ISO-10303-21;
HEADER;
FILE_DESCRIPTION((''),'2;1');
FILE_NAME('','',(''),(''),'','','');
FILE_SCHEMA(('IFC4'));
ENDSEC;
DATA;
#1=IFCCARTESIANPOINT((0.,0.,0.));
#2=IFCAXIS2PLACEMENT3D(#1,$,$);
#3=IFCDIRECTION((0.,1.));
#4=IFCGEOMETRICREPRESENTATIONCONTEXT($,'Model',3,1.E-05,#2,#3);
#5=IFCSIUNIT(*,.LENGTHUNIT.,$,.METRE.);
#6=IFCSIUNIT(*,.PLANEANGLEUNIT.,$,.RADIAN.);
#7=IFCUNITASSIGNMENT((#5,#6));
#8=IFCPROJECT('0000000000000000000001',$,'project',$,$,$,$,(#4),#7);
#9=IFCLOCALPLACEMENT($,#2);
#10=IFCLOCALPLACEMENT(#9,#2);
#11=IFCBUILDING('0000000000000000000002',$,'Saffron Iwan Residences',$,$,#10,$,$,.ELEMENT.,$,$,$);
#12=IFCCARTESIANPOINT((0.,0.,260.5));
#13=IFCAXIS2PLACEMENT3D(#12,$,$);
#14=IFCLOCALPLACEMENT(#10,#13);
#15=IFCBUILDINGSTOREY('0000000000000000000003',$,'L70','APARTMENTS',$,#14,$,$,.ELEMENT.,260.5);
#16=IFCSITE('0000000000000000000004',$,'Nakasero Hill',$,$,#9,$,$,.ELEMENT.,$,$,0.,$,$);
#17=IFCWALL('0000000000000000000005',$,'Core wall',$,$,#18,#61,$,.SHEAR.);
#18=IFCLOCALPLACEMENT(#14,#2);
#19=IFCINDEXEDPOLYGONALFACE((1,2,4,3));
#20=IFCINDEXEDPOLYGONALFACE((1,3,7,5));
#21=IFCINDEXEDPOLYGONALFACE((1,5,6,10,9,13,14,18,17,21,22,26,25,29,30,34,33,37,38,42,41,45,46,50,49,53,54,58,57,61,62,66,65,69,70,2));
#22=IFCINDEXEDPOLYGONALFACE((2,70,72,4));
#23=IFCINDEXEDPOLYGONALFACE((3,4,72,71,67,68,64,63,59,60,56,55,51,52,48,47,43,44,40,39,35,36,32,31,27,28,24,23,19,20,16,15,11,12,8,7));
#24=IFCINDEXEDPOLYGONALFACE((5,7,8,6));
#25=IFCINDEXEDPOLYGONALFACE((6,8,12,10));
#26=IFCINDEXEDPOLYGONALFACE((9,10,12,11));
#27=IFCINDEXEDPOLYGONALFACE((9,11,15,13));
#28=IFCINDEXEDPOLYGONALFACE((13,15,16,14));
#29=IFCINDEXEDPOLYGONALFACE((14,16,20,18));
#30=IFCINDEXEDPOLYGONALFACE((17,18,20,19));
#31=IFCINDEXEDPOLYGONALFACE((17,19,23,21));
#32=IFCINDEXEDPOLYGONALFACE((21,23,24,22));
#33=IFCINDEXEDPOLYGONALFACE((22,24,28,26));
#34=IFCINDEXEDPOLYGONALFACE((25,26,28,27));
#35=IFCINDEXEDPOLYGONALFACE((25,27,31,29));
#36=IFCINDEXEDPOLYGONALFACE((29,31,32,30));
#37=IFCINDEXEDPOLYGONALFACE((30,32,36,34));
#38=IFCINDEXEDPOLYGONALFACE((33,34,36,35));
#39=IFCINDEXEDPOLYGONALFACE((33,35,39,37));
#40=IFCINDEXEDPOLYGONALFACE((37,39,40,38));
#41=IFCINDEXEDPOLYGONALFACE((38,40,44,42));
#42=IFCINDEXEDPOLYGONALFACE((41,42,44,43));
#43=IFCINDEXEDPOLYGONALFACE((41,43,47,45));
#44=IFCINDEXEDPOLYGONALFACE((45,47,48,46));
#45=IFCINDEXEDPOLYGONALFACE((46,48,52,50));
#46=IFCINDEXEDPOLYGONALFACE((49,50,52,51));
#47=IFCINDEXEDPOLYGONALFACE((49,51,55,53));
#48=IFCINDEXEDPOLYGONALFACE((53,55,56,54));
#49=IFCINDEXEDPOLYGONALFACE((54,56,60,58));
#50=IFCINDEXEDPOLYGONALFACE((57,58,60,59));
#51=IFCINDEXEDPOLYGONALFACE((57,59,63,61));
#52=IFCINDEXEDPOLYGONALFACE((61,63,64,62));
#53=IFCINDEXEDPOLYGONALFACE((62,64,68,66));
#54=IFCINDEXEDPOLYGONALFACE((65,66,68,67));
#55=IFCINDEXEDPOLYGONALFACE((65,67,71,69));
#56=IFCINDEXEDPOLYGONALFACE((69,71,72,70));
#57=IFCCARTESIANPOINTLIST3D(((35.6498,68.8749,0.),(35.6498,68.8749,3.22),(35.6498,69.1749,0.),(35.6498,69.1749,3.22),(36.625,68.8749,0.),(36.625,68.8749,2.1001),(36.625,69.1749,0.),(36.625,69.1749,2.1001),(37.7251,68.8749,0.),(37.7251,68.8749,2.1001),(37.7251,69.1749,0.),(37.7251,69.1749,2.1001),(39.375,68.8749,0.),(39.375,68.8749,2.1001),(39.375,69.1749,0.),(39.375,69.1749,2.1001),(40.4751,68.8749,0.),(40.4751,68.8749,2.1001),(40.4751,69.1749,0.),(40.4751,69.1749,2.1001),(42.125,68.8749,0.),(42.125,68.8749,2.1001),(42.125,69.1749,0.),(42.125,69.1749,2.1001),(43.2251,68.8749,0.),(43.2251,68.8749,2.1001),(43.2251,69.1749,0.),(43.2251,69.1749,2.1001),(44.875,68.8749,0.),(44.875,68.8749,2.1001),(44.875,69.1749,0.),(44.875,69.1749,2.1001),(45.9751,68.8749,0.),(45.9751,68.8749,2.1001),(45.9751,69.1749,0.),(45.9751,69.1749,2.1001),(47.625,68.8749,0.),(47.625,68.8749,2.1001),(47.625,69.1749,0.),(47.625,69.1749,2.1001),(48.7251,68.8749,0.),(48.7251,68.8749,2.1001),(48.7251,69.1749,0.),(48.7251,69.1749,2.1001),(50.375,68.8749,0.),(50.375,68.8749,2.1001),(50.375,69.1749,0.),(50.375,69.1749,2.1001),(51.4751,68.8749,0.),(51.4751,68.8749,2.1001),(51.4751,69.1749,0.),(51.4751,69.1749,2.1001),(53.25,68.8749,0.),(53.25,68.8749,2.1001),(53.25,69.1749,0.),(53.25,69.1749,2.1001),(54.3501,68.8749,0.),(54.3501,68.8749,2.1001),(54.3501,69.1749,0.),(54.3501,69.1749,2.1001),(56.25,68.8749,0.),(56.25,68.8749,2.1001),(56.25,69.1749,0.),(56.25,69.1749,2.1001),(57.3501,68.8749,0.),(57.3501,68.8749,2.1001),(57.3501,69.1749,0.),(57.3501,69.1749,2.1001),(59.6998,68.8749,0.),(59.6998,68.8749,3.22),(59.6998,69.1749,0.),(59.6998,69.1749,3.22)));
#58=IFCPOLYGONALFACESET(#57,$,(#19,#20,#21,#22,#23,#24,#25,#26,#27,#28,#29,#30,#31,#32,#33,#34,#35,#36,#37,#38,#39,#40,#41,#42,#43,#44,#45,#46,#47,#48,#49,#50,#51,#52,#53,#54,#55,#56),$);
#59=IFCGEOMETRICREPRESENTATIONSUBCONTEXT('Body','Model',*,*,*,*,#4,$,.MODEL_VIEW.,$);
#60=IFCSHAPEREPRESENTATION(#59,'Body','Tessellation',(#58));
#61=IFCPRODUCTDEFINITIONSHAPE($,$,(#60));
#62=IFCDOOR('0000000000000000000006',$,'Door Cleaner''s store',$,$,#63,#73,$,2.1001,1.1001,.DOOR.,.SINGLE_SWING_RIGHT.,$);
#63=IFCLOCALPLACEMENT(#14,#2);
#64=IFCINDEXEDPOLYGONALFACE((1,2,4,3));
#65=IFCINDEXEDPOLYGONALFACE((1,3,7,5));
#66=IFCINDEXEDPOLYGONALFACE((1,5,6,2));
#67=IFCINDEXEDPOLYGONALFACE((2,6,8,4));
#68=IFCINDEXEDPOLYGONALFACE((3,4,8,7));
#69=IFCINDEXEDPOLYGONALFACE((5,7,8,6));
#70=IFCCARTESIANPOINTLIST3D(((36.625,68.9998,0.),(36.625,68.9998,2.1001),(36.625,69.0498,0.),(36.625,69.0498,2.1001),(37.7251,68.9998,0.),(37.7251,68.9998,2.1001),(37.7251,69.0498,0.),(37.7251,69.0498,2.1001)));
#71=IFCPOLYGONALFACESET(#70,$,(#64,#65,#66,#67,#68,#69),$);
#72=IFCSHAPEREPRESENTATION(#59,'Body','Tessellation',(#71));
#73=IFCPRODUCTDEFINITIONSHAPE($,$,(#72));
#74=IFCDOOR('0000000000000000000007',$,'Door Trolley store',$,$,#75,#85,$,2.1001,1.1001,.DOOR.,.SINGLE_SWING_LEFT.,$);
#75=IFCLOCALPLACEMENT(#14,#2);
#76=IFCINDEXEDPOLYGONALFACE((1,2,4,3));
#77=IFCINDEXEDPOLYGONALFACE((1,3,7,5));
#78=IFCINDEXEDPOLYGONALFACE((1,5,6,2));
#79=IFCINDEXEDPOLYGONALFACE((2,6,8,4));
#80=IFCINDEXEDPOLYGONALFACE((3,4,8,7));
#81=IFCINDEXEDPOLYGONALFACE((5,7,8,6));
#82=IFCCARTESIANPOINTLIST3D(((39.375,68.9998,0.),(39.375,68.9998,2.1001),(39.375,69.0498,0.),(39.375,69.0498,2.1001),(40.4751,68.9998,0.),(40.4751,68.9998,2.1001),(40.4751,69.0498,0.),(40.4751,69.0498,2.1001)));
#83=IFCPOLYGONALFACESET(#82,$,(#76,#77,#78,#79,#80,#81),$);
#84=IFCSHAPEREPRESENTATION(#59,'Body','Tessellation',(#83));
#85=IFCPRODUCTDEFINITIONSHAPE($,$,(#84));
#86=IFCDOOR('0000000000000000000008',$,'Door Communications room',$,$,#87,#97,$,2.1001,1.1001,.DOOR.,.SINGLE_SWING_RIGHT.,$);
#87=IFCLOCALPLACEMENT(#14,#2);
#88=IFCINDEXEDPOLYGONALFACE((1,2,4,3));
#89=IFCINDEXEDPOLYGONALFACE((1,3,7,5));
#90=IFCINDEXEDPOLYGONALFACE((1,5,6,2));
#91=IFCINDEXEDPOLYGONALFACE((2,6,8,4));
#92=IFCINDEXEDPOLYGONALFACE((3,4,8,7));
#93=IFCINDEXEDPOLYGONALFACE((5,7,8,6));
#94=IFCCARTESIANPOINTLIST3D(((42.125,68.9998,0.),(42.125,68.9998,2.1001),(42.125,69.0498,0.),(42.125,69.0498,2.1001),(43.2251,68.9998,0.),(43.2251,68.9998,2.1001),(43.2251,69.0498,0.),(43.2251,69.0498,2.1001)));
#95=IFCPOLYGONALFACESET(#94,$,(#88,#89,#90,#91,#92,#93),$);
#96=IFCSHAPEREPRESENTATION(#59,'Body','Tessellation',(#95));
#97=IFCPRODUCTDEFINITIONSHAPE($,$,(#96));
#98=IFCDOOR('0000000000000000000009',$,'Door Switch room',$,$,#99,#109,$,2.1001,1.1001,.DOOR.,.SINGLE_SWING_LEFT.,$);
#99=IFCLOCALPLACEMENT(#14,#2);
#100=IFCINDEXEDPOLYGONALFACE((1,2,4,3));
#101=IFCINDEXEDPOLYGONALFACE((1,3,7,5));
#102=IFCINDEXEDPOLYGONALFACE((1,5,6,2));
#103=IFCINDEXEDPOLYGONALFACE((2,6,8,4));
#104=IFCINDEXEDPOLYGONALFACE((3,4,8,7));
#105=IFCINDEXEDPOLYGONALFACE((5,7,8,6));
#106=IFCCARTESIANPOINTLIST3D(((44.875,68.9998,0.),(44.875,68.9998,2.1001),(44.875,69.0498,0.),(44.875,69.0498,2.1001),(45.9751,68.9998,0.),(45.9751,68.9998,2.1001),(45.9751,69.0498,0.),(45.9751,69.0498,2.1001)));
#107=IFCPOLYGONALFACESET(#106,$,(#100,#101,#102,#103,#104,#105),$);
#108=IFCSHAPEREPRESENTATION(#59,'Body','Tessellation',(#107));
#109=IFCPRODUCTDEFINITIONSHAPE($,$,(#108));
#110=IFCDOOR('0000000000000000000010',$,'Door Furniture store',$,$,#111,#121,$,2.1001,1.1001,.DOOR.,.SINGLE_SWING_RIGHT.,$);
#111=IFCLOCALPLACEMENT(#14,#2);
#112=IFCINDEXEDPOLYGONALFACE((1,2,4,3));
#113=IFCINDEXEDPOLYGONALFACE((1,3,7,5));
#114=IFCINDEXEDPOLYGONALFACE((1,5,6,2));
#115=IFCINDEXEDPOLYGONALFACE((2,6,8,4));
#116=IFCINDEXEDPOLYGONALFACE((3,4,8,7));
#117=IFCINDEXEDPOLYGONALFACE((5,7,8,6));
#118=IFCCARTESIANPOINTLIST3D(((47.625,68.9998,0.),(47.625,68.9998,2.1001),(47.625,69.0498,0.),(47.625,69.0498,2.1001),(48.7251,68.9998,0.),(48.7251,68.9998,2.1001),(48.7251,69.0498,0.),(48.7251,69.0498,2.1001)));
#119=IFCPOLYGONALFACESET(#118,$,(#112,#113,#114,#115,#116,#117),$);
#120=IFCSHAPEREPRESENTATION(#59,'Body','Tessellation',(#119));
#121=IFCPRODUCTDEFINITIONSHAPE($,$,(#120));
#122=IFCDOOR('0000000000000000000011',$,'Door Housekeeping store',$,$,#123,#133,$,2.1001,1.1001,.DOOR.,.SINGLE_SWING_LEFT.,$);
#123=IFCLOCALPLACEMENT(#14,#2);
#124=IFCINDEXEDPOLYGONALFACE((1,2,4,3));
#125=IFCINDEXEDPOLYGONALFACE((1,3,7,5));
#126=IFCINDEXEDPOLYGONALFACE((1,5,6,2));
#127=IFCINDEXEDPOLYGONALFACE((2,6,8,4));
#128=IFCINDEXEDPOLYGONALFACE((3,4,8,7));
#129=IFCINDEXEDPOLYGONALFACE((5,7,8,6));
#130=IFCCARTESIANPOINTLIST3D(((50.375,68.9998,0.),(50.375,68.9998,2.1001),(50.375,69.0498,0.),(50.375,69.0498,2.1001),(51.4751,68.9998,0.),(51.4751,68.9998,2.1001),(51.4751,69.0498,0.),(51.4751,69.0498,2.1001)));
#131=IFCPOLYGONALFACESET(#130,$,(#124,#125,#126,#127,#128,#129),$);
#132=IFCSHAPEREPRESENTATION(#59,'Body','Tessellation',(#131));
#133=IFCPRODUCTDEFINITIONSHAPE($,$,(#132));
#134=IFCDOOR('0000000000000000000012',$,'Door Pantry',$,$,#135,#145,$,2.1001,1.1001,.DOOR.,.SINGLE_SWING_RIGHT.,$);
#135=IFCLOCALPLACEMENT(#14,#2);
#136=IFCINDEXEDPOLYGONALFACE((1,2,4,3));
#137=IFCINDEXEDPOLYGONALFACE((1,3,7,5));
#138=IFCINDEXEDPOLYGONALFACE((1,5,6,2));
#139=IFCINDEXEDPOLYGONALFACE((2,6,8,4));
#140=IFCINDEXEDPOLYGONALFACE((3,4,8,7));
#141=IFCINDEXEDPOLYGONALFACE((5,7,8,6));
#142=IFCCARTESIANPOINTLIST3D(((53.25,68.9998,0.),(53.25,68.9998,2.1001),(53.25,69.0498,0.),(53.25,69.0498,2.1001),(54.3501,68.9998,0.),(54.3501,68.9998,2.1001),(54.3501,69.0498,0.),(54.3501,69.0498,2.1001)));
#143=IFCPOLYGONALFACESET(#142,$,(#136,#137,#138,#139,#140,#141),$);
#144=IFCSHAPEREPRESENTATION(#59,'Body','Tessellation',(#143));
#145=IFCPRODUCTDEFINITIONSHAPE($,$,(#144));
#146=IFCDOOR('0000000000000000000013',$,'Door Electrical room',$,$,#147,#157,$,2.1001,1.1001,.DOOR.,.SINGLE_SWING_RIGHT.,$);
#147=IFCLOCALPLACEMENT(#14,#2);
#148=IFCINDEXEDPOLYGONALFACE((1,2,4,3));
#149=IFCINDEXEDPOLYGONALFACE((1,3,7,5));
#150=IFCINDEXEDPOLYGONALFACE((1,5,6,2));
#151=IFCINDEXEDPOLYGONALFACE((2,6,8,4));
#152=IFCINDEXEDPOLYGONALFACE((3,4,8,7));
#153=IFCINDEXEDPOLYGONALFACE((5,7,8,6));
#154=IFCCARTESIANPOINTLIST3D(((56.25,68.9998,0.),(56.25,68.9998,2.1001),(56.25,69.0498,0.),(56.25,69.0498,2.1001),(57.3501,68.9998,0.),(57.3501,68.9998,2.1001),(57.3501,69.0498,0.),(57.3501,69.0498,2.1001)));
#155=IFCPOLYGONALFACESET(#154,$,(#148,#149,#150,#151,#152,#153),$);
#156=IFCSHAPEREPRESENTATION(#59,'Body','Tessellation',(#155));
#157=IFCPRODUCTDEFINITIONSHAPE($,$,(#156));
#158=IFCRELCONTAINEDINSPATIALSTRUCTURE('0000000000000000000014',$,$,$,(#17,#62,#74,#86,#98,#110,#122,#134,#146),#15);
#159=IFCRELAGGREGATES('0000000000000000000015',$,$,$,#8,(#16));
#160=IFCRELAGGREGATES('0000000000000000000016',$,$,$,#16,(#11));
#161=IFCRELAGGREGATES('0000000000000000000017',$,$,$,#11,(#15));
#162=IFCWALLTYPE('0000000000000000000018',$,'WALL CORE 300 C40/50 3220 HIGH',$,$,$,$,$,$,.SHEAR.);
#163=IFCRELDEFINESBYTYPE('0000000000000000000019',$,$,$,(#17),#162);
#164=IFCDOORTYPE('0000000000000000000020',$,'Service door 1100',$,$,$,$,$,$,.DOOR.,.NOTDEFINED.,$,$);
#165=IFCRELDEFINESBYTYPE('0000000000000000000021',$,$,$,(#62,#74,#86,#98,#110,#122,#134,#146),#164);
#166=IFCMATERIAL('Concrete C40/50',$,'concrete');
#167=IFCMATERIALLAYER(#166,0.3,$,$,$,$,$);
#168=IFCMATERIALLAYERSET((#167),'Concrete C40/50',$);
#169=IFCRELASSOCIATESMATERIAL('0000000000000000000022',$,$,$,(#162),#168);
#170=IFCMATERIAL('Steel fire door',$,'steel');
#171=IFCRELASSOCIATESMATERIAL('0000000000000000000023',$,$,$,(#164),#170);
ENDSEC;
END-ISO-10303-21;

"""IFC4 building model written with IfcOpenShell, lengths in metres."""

from ifc_helpers import new_model, si_unit, direction, frame, frame_2d, origin, place, context, subcontext, project, spatial, rectangle, extrude, material, layer, layer_set, type_object, element, fill, save


model = new_model("IFC4")

# Units and contexts
model_context = context("Model", 3, precision=1e-05, world=origin(), true_north=direction((0.0, 1.0)))
body_context = subcontext(model_context, "Body", "Model", "MODEL_VIEW")
ifc_project = project(units=[si_unit("LENGTHUNIT", "METRE"), si_unit("PLANEANGLEUNIT", "RADIAN")], contexts=[model_context])

# Site, building, storey
site_placement = place(None, origin())
site = spatial("IfcSite", under=ifc_project, at=site_placement, Name="Nakasero Hill", CompositionType="ELEMENT", RefElevation=0.0)
building_placement = place(site_placement, origin())
building = spatial("IfcBuilding", under=site, at=building_placement, Name="Saffron Iwan Residences", CompositionType="ELEMENT")
storey_placement = place(building_placement, frame((0.0, 0.0, 260.5)))
storey = spatial("IfcBuildingStorey", under=building, at=storey_placement, Name="L70", Description="APARTMENTS", CompositionType="ELEMENT", Elevation=260.5)

# Shared definitions
ifc_material_1 = material(Name="Steel fire door", Category="steel")

# Wall, openings, doors
ifc_material_2 = material(Name="Concrete C40/50", Category="concrete")
ifc_layer_1 = layer(ifc_material_2, 0.3)
ifc_layer_set_1 = layer_set([ifc_layer_1], Name="Concrete C40/50")
wall_type_1 = type_object("IfcWallType", Name="WALL CORE 300 C40/50 3220 HIGH", PredefinedType="SHEAR", material=ifc_layer_set_1)
wall_1_placement = place(storey_placement, frame((35.6499, 69.0249, 0.0), z_axis=(0.0, 0.0, 1.0), x_axis=(1.0, 0.0, 0.0)))
wall_1 = element("IfcWall", 1, at=wall_1_placement, inside=storey, type_object=wall_type_1, Name="Core wall", PredefinedType="SHEAR", context=body_context, shape_type="SweptSolid", body=[
    extrude(rectangle(XDim=24.05, YDim=0.3, at=frame_2d((12.0249, 0.0))), origin(), (0.0, 0.0, 1.0), 3.22),
])
opening_1_placement = place(wall_1_placement, frame((0.9751, 0.0, 0.0)))
opening_1 = element("IfcOpeningElement", 2, at=opening_1_placement, cuts=wall_1, PredefinedType="OPENING", context=body_context, shape_type="SweptSolid", body=[
    extrude(rectangle(XDim=1.1001, YDim=2.1001, at=frame_2d((0.55, 1.05))), frame((0.0, 0.1602, 0.0), z_axis=(0.0, -1.0, 0.0), x_axis=(1.0, 0.0, 0.0)), (0.0, 0.0, 1.0), 0.3201),
])
opening_2_placement = place(wall_1_placement, frame((3.7251, 0.0, 0.0)))
opening_2 = element("IfcOpeningElement", 3, at=opening_2_placement, cuts=wall_1, PredefinedType="OPENING", context=body_context, shape_type="SweptSolid", body=[
    extrude(rectangle(XDim=1.1001, YDim=2.1001, at=frame_2d((0.55, 1.05))), frame((0.0, 0.1602, 0.0), z_axis=(0.0, -1.0, 0.0), x_axis=(1.0, 0.0, 0.0)), (0.0, 0.0, 1.0), 0.3201),
])
opening_3_placement = place(wall_1_placement, frame((6.4751, 0.0, 0.0)))
opening_3 = element("IfcOpeningElement", 4, at=opening_3_placement, cuts=wall_1, PredefinedType="OPENING", context=body_context, shape_type="SweptSolid", body=[
    extrude(rectangle(XDim=1.1001, YDim=2.1001, at=frame_2d((0.55, 1.05))), frame((0.0, 0.1602, 0.0), z_axis=(0.0, -1.0, 0.0), x_axis=(1.0, 0.0, 0.0)), (0.0, 0.0, 1.0), 0.3201),
])
opening_4_placement = place(wall_1_placement, frame((9.2251, 0.0, 0.0)))
opening_4 = element("IfcOpeningElement", 5, at=opening_4_placement, cuts=wall_1, PredefinedType="OPENING", context=body_context, shape_type="SweptSolid", body=[
    extrude(rectangle(XDim=1.1001, YDim=2.1001, at=frame_2d((0.55, 1.05))), frame((0.0, 0.1602, 0.0), z_axis=(0.0, -1.0, 0.0), x_axis=(1.0, 0.0, 0.0)), (0.0, 0.0, 1.0), 0.3201),
])
opening_5_placement = place(wall_1_placement, frame((11.9751, 0.0, 0.0)))
opening_5 = element("IfcOpeningElement", 6, at=opening_5_placement, cuts=wall_1, PredefinedType="OPENING", context=body_context, shape_type="SweptSolid", body=[
    extrude(rectangle(XDim=1.1001, YDim=2.1001, at=frame_2d((0.55, 1.05))), frame((0.0, 0.1602, 0.0), z_axis=(0.0, -1.0, 0.0), x_axis=(1.0, 0.0, 0.0)), (0.0, 0.0, 1.0), 0.3201),
])
opening_6_placement = place(wall_1_placement, frame((14.7251, 0.0, 0.0)))
opening_6 = element("IfcOpeningElement", 7, at=opening_6_placement, cuts=wall_1, PredefinedType="OPENING", context=body_context, shape_type="SweptSolid", body=[
    extrude(rectangle(XDim=1.1001, YDim=2.1001, at=frame_2d((0.55, 1.05))), frame((0.0, 0.1602, 0.0), z_axis=(0.0, -1.0, 0.0), x_axis=(1.0, 0.0, 0.0)), (0.0, 0.0, 1.0), 0.3201),
])
opening_7_placement = place(wall_1_placement, frame((17.6001, 0.0, 0.0)))
opening_7 = element("IfcOpeningElement", 8, at=opening_7_placement, cuts=wall_1, PredefinedType="OPENING", context=body_context, shape_type="SweptSolid", body=[
    extrude(rectangle(XDim=1.1001, YDim=2.1001, at=frame_2d((0.55, 1.05))), frame((0.0, 0.1602, 0.0), z_axis=(0.0, -1.0, 0.0), x_axis=(1.0, 0.0, 0.0)), (0.0, 0.0, 1.0), 0.3201),
])
opening_8_placement = place(wall_1_placement, frame((20.6001, 0.0, 0.0)))
opening_8 = element("IfcOpeningElement", 9, at=opening_8_placement, cuts=wall_1, PredefinedType="OPENING", context=body_context, shape_type="SweptSolid", body=[
    extrude(rectangle(XDim=1.1001, YDim=2.1001, at=frame_2d((0.55, 1.05))), frame((0.0, 0.1602, 0.0), z_axis=(0.0, -1.0, 0.0), x_axis=(1.0, 0.0, 0.0)), (0.0, 0.0, 1.0), 0.3201),
])
door_type_1 = type_object("IfcDoorType", Name="Service door 1100", OperationType="NOTDEFINED", PredefinedType="DOOR", material=ifc_material_1)
door_1_placement = place(opening_1_placement, origin())
door_1 = element("IfcDoor", 10, at=door_1_placement, inside=storey, type_object=door_type_1, Name="Door Cleaner's store", OperationType="SINGLE_SWING_RIGHT", OverallHeight=2.1001, OverallWidth=1.1001, PredefinedType="DOOR", context=body_context, shape_type="SweptSolid", body=[
    extrude(rectangle(XDim=1.1001, YDim=2.1001, at=frame_2d((0.55, 1.05))), frame((0.0, 0.0249, 0.0), z_axis=(0.0, -1.0, 0.0), x_axis=(1.0, 0.0, 0.0)), (0.0, 0.0, 1.0), 0.05),
])
fill(opening_1, door_1)
door_2_placement = place(opening_2_placement, origin())
door_2 = element("IfcDoor", 11, at=door_2_placement, inside=storey, type_object=door_type_1, Name="Door Trolley store", OperationType="SINGLE_SWING_LEFT", OverallHeight=2.1001, OverallWidth=1.1001, PredefinedType="DOOR", context=body_context, shape_type="SweptSolid", body=[
    extrude(rectangle(XDim=1.1001, YDim=2.1001, at=frame_2d((0.55, 1.05))), frame((0.0, 0.0249, 0.0), z_axis=(0.0, -1.0, 0.0), x_axis=(1.0, 0.0, 0.0)), (0.0, 0.0, 1.0), 0.05),
])
fill(opening_2, door_2)
door_3_placement = place(opening_3_placement, origin())
door_3 = element("IfcDoor", 12, at=door_3_placement, inside=storey, type_object=door_type_1, Name="Door Communications room", OperationType="SINGLE_SWING_RIGHT", OverallHeight=2.1001, OverallWidth=1.1001, PredefinedType="DOOR", context=body_context, shape_type="SweptSolid", body=[
    extrude(rectangle(XDim=1.1001, YDim=2.1001, at=frame_2d((0.55, 1.05))), frame((0.0, 0.0249, 0.0), z_axis=(0.0, -1.0, 0.0), x_axis=(1.0, 0.0, 0.0)), (0.0, 0.0, 1.0), 0.05),
])
fill(opening_3, door_3)
door_4_placement = place(opening_4_placement, origin())
door_4 = element("IfcDoor", 13, at=door_4_placement, inside=storey, type_object=door_type_1, Name="Door Switch room", OperationType="SINGLE_SWING_LEFT", OverallHeight=2.1001, OverallWidth=1.1001, PredefinedType="DOOR", context=body_context, shape_type="SweptSolid", body=[
    extrude(rectangle(XDim=1.1001, YDim=2.1001, at=frame_2d((0.55, 1.05))), frame((0.0, 0.0249, 0.0), z_axis=(0.0, -1.0, 0.0), x_axis=(1.0, 0.0, 0.0)), (0.0, 0.0, 1.0), 0.05),
])
fill(opening_4, door_4)
door_5_placement = place(opening_5_placement, origin())
door_5 = element("IfcDoor", 14, at=door_5_placement, inside=storey, type_object=door_type_1, Name="Door Furniture store", OperationType="SINGLE_SWING_RIGHT", OverallHeight=2.1001, OverallWidth=1.1001, PredefinedType="DOOR", context=body_context, shape_type="SweptSolid", body=[
    extrude(rectangle(XDim=1.1001, YDim=2.1001, at=frame_2d((0.55, 1.05))), frame((0.0, 0.0249, 0.0), z_axis=(0.0, -1.0, 0.0), x_axis=(1.0, 0.0, 0.0)), (0.0, 0.0, 1.0), 0.05),
])
fill(opening_5, door_5)
door_6_placement = place(opening_6_placement, origin())
door_6 = element("IfcDoor", 15, at=door_6_placement, inside=storey, type_object=door_type_1, Name="Door Housekeeping store", OperationType="SINGLE_SWING_LEFT", OverallHeight=2.1001, OverallWidth=1.1001, PredefinedType="DOOR", context=body_context, shape_type="SweptSolid", body=[
    extrude(rectangle(XDim=1.1001, YDim=2.1001, at=frame_2d((0.55, 1.05))), frame((0.0, 0.0249, 0.0), z_axis=(0.0, -1.0, 0.0), x_axis=(1.0, 0.0, 0.0)), (0.0, 0.0, 1.0), 0.05),
])
fill(opening_6, door_6)
door_7_placement = place(opening_7_placement, origin())
door_7 = element("IfcDoor", 16, at=door_7_placement, inside=storey, type_object=door_type_1, Name="Door Pantry", OperationType="SINGLE_SWING_RIGHT", OverallHeight=2.1001, OverallWidth=1.1001, PredefinedType="DOOR", context=body_context, shape_type="SweptSolid", body=[
    extrude(rectangle(XDim=1.1001, YDim=2.1001, at=frame_2d((0.55, 1.05))), frame((0.0, 0.0249, 0.0), z_axis=(0.0, -1.0, 0.0), x_axis=(1.0, 0.0, 0.0)), (0.0, 0.0, 1.0), 0.05),
])
fill(opening_7, door_7)
door_8_placement = place(opening_8_placement, origin())
door_8 = element("IfcDoor", 17, at=door_8_placement, inside=storey, type_object=door_type_1, Name="Door Electrical room", OperationType="SINGLE_SWING_RIGHT", OverallHeight=2.1001, OverallWidth=1.1001, PredefinedType="DOOR", context=body_context, shape_type="SweptSolid", body=[
    extrude(rectangle(XDim=1.1001, YDim=2.1001, at=frame_2d((0.55, 1.05))), frame((0.0, 0.0249, 0.0), z_axis=(0.0, -1.0, 0.0), x_axis=(1.0, 0.0, 0.0)), (0.0, 0.0, 1.0), 0.05),
])
fill(opening_8, door_8)

save(model, "model.ifc")
